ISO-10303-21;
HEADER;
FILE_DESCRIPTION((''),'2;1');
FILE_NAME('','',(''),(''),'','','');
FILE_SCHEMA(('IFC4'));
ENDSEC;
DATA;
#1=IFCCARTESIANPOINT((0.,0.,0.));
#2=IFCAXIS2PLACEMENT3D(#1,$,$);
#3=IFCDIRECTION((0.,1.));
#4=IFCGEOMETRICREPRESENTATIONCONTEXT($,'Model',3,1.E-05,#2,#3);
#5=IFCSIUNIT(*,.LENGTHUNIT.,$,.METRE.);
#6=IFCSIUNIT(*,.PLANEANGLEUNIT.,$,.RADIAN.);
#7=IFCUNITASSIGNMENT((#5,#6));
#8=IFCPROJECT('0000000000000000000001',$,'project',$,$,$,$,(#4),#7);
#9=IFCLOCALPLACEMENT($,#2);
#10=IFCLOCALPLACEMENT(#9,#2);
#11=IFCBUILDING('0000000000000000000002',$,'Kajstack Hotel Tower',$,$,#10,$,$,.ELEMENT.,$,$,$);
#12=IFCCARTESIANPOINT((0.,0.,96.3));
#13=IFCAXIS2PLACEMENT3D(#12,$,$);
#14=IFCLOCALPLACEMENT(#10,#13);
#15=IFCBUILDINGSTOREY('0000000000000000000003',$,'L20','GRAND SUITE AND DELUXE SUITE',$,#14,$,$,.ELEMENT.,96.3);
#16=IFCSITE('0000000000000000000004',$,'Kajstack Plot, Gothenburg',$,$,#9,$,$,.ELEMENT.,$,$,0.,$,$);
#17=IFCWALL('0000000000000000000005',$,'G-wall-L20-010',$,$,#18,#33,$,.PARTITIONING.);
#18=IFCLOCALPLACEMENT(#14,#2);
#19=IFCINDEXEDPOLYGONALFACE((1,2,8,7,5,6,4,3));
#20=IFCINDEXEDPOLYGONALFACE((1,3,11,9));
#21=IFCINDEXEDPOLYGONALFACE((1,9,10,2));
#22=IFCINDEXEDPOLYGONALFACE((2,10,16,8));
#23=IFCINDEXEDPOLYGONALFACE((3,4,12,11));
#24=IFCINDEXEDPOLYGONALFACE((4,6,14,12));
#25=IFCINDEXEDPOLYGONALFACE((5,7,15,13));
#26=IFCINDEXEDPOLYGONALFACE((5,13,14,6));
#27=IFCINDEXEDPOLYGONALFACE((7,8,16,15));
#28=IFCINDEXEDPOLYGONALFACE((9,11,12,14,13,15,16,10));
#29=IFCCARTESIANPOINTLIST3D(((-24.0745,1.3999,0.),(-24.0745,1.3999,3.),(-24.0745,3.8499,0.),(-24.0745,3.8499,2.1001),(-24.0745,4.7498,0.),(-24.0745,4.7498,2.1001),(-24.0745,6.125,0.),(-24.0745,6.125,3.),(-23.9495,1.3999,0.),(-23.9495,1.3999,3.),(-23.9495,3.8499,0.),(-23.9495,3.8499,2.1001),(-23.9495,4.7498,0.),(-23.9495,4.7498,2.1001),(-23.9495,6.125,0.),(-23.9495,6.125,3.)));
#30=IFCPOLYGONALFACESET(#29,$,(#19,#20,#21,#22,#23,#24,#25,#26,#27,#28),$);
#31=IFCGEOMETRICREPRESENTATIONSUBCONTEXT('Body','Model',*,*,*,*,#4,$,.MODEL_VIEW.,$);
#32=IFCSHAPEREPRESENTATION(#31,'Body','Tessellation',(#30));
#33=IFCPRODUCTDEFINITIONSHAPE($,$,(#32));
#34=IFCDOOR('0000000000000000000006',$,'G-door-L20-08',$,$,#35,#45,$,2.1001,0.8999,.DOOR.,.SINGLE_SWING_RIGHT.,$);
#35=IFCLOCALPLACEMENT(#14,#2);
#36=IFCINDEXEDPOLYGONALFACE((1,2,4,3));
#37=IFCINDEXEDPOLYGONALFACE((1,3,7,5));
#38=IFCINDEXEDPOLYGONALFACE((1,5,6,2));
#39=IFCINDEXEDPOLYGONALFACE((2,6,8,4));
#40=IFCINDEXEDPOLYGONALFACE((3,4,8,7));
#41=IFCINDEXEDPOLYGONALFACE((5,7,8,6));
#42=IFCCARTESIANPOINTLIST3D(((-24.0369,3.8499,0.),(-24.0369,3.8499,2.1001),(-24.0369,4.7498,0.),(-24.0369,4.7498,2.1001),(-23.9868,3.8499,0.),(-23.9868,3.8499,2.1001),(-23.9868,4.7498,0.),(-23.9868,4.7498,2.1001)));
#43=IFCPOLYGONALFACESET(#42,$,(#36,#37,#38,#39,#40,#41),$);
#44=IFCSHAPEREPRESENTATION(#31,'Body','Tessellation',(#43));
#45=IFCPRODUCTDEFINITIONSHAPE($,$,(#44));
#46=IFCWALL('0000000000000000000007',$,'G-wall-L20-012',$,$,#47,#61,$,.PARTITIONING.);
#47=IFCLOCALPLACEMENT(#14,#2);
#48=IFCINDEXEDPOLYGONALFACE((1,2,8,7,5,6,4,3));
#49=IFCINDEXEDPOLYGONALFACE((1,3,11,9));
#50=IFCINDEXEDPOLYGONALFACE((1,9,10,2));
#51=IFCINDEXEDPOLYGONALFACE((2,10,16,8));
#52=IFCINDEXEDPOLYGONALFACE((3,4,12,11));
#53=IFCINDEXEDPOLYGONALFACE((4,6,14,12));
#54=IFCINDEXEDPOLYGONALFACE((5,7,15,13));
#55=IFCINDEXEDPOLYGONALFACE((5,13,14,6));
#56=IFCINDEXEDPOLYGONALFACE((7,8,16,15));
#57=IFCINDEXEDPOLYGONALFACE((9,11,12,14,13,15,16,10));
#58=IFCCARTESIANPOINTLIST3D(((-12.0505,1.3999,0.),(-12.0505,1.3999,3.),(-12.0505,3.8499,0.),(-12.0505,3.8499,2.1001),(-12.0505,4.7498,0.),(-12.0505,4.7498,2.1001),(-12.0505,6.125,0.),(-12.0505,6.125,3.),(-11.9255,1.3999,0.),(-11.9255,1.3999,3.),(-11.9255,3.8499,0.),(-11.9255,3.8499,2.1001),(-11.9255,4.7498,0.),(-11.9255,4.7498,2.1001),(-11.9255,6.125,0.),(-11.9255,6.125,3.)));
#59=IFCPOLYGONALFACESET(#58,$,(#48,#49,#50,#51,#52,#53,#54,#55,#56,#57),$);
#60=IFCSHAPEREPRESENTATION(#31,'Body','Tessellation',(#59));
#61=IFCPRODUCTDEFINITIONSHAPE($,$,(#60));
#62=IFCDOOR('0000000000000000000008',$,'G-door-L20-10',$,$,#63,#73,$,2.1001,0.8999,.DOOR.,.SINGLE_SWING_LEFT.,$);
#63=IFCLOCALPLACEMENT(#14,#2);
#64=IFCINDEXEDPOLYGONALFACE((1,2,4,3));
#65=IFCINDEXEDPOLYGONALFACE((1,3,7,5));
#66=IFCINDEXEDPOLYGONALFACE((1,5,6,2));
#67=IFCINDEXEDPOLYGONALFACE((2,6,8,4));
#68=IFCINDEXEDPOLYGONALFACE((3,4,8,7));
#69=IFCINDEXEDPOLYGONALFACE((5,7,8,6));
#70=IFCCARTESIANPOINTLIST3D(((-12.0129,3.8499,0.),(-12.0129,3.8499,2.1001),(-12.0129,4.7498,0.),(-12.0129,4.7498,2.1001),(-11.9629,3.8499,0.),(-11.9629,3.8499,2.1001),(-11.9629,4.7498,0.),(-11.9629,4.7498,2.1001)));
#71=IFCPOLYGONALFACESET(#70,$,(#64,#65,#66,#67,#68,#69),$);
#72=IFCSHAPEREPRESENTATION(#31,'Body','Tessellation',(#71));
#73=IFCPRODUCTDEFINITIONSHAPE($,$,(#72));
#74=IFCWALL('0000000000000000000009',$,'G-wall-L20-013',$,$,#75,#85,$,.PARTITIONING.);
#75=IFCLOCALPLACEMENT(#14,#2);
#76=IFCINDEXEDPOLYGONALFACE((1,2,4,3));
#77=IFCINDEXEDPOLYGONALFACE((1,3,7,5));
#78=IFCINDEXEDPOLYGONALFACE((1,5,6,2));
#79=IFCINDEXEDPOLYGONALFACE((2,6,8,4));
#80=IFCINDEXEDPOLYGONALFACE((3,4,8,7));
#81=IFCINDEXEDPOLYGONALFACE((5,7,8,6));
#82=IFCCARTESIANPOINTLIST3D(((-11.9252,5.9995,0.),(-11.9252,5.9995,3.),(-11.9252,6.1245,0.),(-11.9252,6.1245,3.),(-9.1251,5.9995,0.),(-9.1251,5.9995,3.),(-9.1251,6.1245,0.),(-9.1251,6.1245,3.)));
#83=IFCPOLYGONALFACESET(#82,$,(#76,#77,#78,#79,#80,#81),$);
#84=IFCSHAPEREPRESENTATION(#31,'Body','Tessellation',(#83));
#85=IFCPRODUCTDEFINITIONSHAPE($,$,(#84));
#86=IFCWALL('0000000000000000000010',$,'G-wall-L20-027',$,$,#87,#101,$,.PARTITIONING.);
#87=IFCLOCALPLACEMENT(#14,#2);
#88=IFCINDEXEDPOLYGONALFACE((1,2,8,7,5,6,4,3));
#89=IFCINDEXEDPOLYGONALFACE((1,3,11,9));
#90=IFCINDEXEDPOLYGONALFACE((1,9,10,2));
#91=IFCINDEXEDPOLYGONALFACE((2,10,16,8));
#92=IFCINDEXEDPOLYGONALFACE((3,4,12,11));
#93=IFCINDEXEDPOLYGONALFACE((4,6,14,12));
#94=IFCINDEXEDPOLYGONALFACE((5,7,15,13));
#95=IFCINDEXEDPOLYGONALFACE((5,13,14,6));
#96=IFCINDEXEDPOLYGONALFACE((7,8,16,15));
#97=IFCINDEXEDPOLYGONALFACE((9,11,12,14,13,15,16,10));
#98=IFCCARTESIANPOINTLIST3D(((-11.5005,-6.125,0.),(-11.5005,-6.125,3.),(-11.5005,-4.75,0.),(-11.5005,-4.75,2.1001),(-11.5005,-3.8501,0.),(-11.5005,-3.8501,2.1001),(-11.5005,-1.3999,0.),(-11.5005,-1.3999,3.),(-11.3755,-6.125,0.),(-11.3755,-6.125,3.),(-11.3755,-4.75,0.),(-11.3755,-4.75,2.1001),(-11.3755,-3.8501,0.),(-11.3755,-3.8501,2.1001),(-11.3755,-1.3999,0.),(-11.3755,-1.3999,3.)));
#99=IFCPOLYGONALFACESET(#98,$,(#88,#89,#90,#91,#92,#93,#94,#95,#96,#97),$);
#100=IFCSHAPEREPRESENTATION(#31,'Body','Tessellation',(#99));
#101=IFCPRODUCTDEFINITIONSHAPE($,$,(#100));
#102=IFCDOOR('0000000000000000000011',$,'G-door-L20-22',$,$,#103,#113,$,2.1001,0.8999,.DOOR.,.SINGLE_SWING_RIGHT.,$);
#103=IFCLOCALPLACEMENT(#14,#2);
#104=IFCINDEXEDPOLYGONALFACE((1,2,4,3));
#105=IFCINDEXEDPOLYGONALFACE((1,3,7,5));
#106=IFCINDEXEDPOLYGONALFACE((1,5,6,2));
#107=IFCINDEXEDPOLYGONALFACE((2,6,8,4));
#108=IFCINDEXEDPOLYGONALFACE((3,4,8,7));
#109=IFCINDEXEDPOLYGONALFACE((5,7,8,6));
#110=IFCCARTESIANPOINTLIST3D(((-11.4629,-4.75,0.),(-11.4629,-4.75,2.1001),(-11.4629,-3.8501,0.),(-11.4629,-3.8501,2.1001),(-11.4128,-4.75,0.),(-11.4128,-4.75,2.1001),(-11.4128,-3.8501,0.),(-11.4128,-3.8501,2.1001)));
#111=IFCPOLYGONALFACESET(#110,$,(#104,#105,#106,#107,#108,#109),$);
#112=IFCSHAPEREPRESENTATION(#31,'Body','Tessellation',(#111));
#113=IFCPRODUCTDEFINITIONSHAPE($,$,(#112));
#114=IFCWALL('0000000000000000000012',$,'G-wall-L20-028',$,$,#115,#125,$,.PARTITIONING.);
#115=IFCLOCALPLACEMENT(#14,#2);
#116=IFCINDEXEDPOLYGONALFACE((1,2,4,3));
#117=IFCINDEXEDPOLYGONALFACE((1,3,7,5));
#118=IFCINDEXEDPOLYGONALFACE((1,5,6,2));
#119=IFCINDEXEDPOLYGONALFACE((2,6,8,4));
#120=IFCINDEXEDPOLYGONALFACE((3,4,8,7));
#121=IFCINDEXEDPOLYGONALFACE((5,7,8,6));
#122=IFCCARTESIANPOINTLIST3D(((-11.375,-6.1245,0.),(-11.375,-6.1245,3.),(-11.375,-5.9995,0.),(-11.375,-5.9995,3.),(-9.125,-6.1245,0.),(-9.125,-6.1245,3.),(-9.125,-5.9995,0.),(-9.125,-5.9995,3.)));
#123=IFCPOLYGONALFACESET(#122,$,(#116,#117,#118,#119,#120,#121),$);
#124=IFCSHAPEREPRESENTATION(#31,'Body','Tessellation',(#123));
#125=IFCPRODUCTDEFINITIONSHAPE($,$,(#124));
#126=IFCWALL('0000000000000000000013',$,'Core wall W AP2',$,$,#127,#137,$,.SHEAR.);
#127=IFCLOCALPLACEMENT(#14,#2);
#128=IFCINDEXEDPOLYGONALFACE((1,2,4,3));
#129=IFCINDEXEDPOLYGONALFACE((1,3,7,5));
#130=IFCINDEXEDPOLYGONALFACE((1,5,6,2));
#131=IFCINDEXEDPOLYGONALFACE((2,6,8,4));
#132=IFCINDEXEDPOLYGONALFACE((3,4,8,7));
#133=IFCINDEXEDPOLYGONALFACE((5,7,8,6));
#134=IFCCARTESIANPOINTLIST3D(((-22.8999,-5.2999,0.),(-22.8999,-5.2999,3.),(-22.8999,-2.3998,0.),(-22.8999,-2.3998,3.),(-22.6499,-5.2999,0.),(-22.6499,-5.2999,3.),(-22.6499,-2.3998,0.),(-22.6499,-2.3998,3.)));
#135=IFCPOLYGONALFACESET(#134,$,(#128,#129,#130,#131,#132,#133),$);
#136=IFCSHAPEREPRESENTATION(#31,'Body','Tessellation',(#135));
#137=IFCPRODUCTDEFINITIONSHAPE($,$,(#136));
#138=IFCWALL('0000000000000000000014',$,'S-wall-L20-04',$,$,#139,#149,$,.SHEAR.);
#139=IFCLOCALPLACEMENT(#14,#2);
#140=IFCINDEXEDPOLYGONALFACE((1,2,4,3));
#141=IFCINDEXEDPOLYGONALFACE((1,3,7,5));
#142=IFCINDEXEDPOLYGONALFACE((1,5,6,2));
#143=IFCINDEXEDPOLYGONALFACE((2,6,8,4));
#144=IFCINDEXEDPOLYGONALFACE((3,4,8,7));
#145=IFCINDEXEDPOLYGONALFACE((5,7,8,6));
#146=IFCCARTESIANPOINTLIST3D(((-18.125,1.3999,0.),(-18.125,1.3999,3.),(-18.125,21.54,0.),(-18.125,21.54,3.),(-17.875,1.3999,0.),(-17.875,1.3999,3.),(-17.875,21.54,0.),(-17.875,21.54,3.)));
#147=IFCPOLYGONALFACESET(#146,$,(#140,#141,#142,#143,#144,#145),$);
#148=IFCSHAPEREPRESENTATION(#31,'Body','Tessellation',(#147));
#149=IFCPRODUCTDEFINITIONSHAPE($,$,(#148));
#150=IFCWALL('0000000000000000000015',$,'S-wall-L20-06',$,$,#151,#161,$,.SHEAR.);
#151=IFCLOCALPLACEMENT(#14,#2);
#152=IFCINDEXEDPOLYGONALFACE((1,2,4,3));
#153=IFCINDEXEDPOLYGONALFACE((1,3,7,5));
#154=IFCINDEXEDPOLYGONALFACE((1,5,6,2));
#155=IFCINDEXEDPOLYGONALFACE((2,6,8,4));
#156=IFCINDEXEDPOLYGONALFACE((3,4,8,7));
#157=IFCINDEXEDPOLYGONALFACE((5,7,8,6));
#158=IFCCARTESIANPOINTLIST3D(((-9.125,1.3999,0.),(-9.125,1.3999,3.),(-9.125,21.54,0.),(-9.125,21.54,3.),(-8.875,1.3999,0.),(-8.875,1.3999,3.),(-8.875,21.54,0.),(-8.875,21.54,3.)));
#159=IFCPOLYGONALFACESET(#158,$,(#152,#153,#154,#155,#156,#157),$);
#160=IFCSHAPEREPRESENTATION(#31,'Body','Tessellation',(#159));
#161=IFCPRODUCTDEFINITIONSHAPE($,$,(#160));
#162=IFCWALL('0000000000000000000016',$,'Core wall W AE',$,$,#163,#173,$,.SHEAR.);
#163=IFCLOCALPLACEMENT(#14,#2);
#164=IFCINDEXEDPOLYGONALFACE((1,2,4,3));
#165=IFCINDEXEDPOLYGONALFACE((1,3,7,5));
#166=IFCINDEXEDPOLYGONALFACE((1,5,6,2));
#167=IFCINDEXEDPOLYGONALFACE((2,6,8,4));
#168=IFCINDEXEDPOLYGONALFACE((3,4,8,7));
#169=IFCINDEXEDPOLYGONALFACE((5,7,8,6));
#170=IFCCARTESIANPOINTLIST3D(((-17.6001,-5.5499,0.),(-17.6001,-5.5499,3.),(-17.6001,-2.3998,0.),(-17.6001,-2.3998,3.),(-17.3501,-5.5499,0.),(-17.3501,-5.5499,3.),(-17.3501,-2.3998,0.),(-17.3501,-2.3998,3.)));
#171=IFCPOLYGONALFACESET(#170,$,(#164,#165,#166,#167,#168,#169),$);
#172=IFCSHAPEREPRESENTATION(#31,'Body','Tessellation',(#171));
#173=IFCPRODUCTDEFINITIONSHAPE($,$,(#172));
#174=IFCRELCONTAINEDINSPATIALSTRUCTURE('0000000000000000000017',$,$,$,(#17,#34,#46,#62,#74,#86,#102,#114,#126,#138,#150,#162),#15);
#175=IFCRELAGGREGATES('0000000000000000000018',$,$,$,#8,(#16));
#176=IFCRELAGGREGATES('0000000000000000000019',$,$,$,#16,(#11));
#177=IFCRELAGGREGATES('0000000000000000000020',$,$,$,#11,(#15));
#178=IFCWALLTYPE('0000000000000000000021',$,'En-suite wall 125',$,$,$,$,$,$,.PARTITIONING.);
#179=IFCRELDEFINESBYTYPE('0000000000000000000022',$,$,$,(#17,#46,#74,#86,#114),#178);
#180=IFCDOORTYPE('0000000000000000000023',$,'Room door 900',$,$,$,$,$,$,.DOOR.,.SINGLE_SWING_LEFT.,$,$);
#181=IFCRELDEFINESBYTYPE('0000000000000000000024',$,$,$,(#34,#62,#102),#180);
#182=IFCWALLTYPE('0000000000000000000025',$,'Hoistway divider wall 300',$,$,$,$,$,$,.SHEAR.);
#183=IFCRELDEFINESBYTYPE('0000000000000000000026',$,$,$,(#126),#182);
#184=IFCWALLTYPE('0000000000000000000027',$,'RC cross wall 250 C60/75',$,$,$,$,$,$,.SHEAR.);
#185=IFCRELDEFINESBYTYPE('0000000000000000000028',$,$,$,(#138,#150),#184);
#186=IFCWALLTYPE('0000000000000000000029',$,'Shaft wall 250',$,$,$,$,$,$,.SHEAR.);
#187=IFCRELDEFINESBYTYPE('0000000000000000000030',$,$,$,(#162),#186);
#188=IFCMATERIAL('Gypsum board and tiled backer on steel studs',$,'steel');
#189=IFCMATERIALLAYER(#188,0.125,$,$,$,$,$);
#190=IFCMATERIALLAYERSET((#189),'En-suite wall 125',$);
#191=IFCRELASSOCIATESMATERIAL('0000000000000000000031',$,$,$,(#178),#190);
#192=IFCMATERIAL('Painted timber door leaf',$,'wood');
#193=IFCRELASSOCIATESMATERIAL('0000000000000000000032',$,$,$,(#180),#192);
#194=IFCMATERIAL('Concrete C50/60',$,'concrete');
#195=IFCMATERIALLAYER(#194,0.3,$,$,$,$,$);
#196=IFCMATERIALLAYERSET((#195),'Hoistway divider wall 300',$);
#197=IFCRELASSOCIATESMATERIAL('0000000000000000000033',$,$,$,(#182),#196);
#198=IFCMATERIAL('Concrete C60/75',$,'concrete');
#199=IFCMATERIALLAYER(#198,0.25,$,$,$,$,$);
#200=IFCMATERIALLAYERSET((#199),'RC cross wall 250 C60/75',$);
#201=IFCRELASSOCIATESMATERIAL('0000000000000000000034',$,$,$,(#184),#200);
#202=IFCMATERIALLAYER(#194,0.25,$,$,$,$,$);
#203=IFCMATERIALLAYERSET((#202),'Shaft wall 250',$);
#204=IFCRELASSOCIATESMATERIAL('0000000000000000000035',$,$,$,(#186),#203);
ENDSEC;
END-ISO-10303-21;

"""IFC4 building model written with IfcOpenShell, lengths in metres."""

from ifc_helpers import new_model, si_unit, direction, frame, frame_2d, origin, place, context, subcontext, project, spatial, rectangle, extrude, material, layer, layer_set, type_object, element, fill, save


model = new_model("IFC4")

# Units and contexts
model_context = context("Model", 3, precision=1e-05, world=origin(), true_north=direction((0.0, 1.0)))
body_context = subcontext(model_context, "Body", "Model", "MODEL_VIEW")
ifc_project = project(units=[si_unit("LENGTHUNIT", "METRE"), si_unit("PLANEANGLEUNIT", "RADIAN")], contexts=[model_context])

# Site, building, storey
site_placement = place(None, origin())
site = spatial("IfcSite", under=ifc_project, at=site_placement, Name="Kajstack Plot, Gothenburg", CompositionType="ELEMENT", RefElevation=0.0)
building_placement = place(site_placement, origin())
building = spatial("IfcBuilding", under=site, at=building_placement, Name="Kajstack Hotel Tower", CompositionType="ELEMENT")
storey_placement = place(building_placement, frame((0.0, 0.0, 96.3)))
storey = spatial("IfcBuildingStorey", under=building, at=storey_placement, Name="L20", Description="GRAND SUITE AND DELUXE SUITE", CompositionType="ELEMENT", Elevation=96.3)

# Walls, openings, doors
ifc_material_1 = material(Name="Gypsum board and tiled backer on steel studs", Category="steel")
ifc_layer_1 = layer(ifc_material_1, 0.125)
ifc_layer_set_1 = layer_set([ifc_layer_1], Name="En-suite wall 125")
wall_type_1 = type_object("IfcWallType", Name="En-suite wall 125", PredefinedType="PARTITIONING", material=ifc_layer_set_1)
wall_1_placement = place(storey_placement, frame((-24.012, 1.3999, 0.0), z_axis=(0.0, 0.0, 1.0), x_axis=(0.0, 1.0, 0.0)))
wall_1 = element("IfcWall", 1, at=wall_1_placement, inside=storey, type_object=wall_type_1, Name="G-wall-L20-010", PredefinedType="PARTITIONING", context=body_context, shape_type="SweptSolid", body=[
    extrude(rectangle(XDim=4.7251, YDim=0.125, at=frame_2d((2.3625, 0.0))), origin(), (0.0, 0.0, 1.0), 3.0),
])
opening_1_placement = place(wall_1_placement, frame((2.45, 0.0, 0.0)))
opening_1 = element("IfcOpeningElement", 2, at=opening_1_placement, cuts=wall_1, PredefinedType="OPENING", context=body_context, shape_type="SweptSolid", body=[
    extrude(rectangle(XDim=0.8999, YDim=2.1001, at=frame_2d((0.45, 1.05))), frame((0.0, 0.0725, 0.0), z_axis=(0.0, -1.0, 0.0), x_axis=(1.0, 0.0, 0.0)), (0.0, 0.0, 1.0), 0.145),
])
ifc_material_2 = material(Name="Painted timber door leaf", Category="wood")
door_type_1 = type_object("IfcDoorType", Name="Room door 900", OperationType="SINGLE_SWING_LEFT", PredefinedType="DOOR", material=ifc_material_2)
door_1_placement = place(opening_1_placement, origin())
door_1 = element("IfcDoor", 3, at=door_1_placement, inside=storey, type_object=door_type_1, Name="G-door-L20-08", OperationType="SINGLE_SWING_RIGHT", OverallHeight=2.1001, OverallWidth=0.8999, PredefinedType="DOOR", context=body_context, shape_type="SweptSolid", body=[
    extrude(rectangle(XDim=0.8999, YDim=2.1001, at=frame_2d((0.45, 1.05))), frame((0.0, 0.0249, 0.0), z_axis=(0.0, -1.0, 0.0), x_axis=(1.0, 0.0, 0.0)), (0.0, 0.0, 1.0), 0.05),
])
fill(opening_1, door_1)
wall_2_placement = place(storey_placement, frame((-11.988, 1.3999, 0.0), z_axis=(0.0, 0.0, 1.0), x_axis=(0.0, 1.0, 0.0)))
wall_2 = element("IfcWall", 4, at=wall_2_placement, inside=storey, type_object=wall_type_1, Name="G-wall-L20-012", PredefinedType="PARTITIONING", context=body_context, shape_type="SweptSolid", body=[
    extrude(rectangle(XDim=4.7251, YDim=0.125, at=frame_2d((2.3625, 0.0))), origin(), (0.0, 0.0, 1.0), 3.0),
])
opening_2_placement = place(wall_2_placement, frame((2.45, 0.0, 0.0)))
opening_2 = element("IfcOpeningElement", 5, at=opening_2_placement, cuts=wall_2, PredefinedType="OPENING", context=body_context, shape_type="SweptSolid", body=[
    extrude(rectangle(XDim=0.8999, YDim=2.1001, at=frame_2d((0.45, 1.05))), frame((0.0, 0.0725, 0.0), z_axis=(0.0, -1.0, 0.0), x_axis=(1.0, 0.0, 0.0)), (0.0, 0.0, 1.0), 0.145),
])
door_2_placement = place(opening_2_placement, origin())
door_2 = element("IfcDoor", 6, at=door_2_placement, inside=storey, type_object=door_type_1, Name="G-door-L20-10", OperationType="SINGLE_SWING_LEFT", OverallHeight=2.1001, OverallWidth=0.8999, PredefinedType="DOOR", context=body_context, shape_type="SweptSolid", body=[
    extrude(rectangle(XDim=0.8999, YDim=2.1001, at=frame_2d((0.45, 1.05))), frame((0.0, 0.0249, 0.0), z_axis=(0.0, -1.0, 0.0), x_axis=(1.0, 0.0, 0.0)), (0.0, 0.0, 1.0), 0.05),
])
fill(opening_2, door_2)

# Wall
wall_3_placement = place(storey_placement, frame((-11.925, 6.062, 0.0), z_axis=(0.0, 0.0, 1.0), x_axis=(1.0, 0.0, 0.0)))
element("IfcWall", 7, at=wall_3_placement, inside=storey, type_object=wall_type_1, Name="G-wall-L20-013", PredefinedType="PARTITIONING", context=body_context, shape_type="SweptSolid", body=[
    extrude(rectangle(XDim=2.8, YDim=0.125, at=frame_2d((1.3999, 0.0))), origin(), (0.0, 0.0, 1.0), 3.0),
])

# Wall, opening, door
wall_4_placement = place(storey_placement, frame((-11.438, -6.125, 0.0), z_axis=(0.0, 0.0, 1.0), x_axis=(0.0, 1.0, 0.0)))
wall_4 = element("IfcWall", 8, at=wall_4_placement, inside=storey, type_object=wall_type_1, Name="G-wall-L20-027", PredefinedType="PARTITIONING", context=body_context, shape_type="SweptSolid", body=[
    extrude(rectangle(XDim=4.7251, YDim=0.125, at=frame_2d((2.3625, 0.0))), origin(), (0.0, 0.0, 1.0), 3.0),
])
opening_3_placement = place(wall_4_placement, frame((1.375, 0.0, 0.0)))
opening_3 = element("IfcOpeningElement", 9, at=opening_3_placement, cuts=wall_4, PredefinedType="OPENING", context=body_context, shape_type="SweptSolid", body=[
    extrude(rectangle(XDim=0.8999, YDim=2.1001, at=frame_2d((0.45, 1.05))), frame((0.0, 0.0725, 0.0), z_axis=(0.0, -1.0, 0.0), x_axis=(1.0, 0.0, 0.0)), (0.0, 0.0, 1.0), 0.145),
])
door_3_placement = place(opening_3_placement, origin())
door_3 = element("IfcDoor", 10, at=door_3_placement, inside=storey, type_object=door_type_1, Name="G-door-L20-22", OperationType="SINGLE_SWING_RIGHT", OverallHeight=2.1001, OverallWidth=0.8999, PredefinedType="DOOR", context=body_context, shape_type="SweptSolid", body=[
    extrude(rectangle(XDim=0.8999, YDim=2.1001, at=frame_2d((0.45, 1.05))), frame((0.0, 0.0249, 0.0), z_axis=(0.0, -1.0, 0.0), x_axis=(1.0, 0.0, 0.0)), (0.0, 0.0, 1.0), 0.05),
])
fill(opening_3, door_3)

# Walls
wall_5_placement = place(storey_placement, frame((-11.375, -6.062, 0.0), z_axis=(0.0, 0.0, 1.0), x_axis=(1.0, 0.0, 0.0)))
element("IfcWall", 11, at=wall_5_placement, inside=storey, type_object=wall_type_1, Name="G-wall-L20-028", PredefinedType="PARTITIONING", context=body_context, shape_type="SweptSolid", body=[
    extrude(rectangle(XDim=2.25, YDim=0.125, at=frame_2d((1.125, 0.0))), origin(), (0.0, 0.0, 1.0), 3.0),
])
ifc_material_3 = material(Name="Concrete C50/60", Category="concrete")
ifc_layer_2 = layer(ifc_material_3, 0.3)
ifc_layer_set_2 = layer_set([ifc_layer_2], Name="Hoistway divider wall 300")
wall_type_2 = type_object("IfcWallType", Name="Hoistway divider wall 300", PredefinedType="SHEAR", material=ifc_layer_set_2)
wall_6_placement = place(storey_placement, frame((-22.7749, -5.3, 0.0), z_axis=(0.0, 0.0, 1.0), x_axis=(0.0, 1.0, 0.0)))
element("IfcWall", 12, at=wall_6_placement, inside=storey, type_object=wall_type_2, Name="Core wall W AP2", PredefinedType="SHEAR", context=body_context, shape_type="SweptSolid", body=[
    extrude(rectangle(XDim=2.9001, YDim=0.25, at=frame_2d((1.4502, 0.0))), origin(), (0.0, 0.0, 1.0), 3.0),
])
ifc_material_4 = material(Name="Concrete C60/75", Category="concrete")
ifc_layer_3 = layer(ifc_material_4, 0.25)
ifc_layer_set_3 = layer_set([ifc_layer_3], Name="RC cross wall 250 C60/75")
wall_type_3 = type_object("IfcWallType", Name="RC cross wall 250 C60/75", PredefinedType="SHEAR", material=ifc_layer_set_3)
for number, where, z_axis, x_axis, name in (
    (13, (-18.0, 1.3999, 0.0), (0.0, 0.0, 1.0), (0.0, 1.0, 0.0), "S-wall-L20-04"),
    (14, (-9.0, 1.3999, 0.0), (0.0, 0.0, 1.0), (0.0, 1.0, 0.0), "S-wall-L20-06"),
):
    element("IfcWall", number, at=place(storey_placement, frame(where, z_axis=z_axis, x_axis=x_axis)), inside=storey, type_object=wall_type_3, Name=name, PredefinedType="SHEAR", context=body_context, shape_type="SweptSolid", body=[
        extrude(rectangle(XDim=20.1401, YDim=0.25, at=frame_2d((10.0701, 0.0))), origin(), (0.0, 0.0, 1.0), 3.0),
    ])
ifc_layer_4 = layer(ifc_material_3, 0.25)
ifc_layer_set_4 = layer_set([ifc_layer_4], Name="Shaft wall 250")
wall_type_4 = type_object("IfcWallType", Name="Shaft wall 250", PredefinedType="SHEAR", material=ifc_layer_set_4)
wall_7_placement = place(storey_placement, frame((-17.4751, -5.55, 0.0), z_axis=(0.0, 0.0, 1.0), x_axis=(0.0, 1.0, 0.0)))
element("IfcWall", 15, at=wall_7_placement, inside=storey, type_object=wall_type_4, Name="Core wall W AE", PredefinedType="SHEAR", context=body_context, shape_type="SweptSolid", body=[
    extrude(rectangle(XDim=3.1501, YDim=0.25, at=frame_2d((1.5752, 0.0))), origin(), (0.0, 0.0, 1.0), 3.0),
])

save(model, "model.ifc")
